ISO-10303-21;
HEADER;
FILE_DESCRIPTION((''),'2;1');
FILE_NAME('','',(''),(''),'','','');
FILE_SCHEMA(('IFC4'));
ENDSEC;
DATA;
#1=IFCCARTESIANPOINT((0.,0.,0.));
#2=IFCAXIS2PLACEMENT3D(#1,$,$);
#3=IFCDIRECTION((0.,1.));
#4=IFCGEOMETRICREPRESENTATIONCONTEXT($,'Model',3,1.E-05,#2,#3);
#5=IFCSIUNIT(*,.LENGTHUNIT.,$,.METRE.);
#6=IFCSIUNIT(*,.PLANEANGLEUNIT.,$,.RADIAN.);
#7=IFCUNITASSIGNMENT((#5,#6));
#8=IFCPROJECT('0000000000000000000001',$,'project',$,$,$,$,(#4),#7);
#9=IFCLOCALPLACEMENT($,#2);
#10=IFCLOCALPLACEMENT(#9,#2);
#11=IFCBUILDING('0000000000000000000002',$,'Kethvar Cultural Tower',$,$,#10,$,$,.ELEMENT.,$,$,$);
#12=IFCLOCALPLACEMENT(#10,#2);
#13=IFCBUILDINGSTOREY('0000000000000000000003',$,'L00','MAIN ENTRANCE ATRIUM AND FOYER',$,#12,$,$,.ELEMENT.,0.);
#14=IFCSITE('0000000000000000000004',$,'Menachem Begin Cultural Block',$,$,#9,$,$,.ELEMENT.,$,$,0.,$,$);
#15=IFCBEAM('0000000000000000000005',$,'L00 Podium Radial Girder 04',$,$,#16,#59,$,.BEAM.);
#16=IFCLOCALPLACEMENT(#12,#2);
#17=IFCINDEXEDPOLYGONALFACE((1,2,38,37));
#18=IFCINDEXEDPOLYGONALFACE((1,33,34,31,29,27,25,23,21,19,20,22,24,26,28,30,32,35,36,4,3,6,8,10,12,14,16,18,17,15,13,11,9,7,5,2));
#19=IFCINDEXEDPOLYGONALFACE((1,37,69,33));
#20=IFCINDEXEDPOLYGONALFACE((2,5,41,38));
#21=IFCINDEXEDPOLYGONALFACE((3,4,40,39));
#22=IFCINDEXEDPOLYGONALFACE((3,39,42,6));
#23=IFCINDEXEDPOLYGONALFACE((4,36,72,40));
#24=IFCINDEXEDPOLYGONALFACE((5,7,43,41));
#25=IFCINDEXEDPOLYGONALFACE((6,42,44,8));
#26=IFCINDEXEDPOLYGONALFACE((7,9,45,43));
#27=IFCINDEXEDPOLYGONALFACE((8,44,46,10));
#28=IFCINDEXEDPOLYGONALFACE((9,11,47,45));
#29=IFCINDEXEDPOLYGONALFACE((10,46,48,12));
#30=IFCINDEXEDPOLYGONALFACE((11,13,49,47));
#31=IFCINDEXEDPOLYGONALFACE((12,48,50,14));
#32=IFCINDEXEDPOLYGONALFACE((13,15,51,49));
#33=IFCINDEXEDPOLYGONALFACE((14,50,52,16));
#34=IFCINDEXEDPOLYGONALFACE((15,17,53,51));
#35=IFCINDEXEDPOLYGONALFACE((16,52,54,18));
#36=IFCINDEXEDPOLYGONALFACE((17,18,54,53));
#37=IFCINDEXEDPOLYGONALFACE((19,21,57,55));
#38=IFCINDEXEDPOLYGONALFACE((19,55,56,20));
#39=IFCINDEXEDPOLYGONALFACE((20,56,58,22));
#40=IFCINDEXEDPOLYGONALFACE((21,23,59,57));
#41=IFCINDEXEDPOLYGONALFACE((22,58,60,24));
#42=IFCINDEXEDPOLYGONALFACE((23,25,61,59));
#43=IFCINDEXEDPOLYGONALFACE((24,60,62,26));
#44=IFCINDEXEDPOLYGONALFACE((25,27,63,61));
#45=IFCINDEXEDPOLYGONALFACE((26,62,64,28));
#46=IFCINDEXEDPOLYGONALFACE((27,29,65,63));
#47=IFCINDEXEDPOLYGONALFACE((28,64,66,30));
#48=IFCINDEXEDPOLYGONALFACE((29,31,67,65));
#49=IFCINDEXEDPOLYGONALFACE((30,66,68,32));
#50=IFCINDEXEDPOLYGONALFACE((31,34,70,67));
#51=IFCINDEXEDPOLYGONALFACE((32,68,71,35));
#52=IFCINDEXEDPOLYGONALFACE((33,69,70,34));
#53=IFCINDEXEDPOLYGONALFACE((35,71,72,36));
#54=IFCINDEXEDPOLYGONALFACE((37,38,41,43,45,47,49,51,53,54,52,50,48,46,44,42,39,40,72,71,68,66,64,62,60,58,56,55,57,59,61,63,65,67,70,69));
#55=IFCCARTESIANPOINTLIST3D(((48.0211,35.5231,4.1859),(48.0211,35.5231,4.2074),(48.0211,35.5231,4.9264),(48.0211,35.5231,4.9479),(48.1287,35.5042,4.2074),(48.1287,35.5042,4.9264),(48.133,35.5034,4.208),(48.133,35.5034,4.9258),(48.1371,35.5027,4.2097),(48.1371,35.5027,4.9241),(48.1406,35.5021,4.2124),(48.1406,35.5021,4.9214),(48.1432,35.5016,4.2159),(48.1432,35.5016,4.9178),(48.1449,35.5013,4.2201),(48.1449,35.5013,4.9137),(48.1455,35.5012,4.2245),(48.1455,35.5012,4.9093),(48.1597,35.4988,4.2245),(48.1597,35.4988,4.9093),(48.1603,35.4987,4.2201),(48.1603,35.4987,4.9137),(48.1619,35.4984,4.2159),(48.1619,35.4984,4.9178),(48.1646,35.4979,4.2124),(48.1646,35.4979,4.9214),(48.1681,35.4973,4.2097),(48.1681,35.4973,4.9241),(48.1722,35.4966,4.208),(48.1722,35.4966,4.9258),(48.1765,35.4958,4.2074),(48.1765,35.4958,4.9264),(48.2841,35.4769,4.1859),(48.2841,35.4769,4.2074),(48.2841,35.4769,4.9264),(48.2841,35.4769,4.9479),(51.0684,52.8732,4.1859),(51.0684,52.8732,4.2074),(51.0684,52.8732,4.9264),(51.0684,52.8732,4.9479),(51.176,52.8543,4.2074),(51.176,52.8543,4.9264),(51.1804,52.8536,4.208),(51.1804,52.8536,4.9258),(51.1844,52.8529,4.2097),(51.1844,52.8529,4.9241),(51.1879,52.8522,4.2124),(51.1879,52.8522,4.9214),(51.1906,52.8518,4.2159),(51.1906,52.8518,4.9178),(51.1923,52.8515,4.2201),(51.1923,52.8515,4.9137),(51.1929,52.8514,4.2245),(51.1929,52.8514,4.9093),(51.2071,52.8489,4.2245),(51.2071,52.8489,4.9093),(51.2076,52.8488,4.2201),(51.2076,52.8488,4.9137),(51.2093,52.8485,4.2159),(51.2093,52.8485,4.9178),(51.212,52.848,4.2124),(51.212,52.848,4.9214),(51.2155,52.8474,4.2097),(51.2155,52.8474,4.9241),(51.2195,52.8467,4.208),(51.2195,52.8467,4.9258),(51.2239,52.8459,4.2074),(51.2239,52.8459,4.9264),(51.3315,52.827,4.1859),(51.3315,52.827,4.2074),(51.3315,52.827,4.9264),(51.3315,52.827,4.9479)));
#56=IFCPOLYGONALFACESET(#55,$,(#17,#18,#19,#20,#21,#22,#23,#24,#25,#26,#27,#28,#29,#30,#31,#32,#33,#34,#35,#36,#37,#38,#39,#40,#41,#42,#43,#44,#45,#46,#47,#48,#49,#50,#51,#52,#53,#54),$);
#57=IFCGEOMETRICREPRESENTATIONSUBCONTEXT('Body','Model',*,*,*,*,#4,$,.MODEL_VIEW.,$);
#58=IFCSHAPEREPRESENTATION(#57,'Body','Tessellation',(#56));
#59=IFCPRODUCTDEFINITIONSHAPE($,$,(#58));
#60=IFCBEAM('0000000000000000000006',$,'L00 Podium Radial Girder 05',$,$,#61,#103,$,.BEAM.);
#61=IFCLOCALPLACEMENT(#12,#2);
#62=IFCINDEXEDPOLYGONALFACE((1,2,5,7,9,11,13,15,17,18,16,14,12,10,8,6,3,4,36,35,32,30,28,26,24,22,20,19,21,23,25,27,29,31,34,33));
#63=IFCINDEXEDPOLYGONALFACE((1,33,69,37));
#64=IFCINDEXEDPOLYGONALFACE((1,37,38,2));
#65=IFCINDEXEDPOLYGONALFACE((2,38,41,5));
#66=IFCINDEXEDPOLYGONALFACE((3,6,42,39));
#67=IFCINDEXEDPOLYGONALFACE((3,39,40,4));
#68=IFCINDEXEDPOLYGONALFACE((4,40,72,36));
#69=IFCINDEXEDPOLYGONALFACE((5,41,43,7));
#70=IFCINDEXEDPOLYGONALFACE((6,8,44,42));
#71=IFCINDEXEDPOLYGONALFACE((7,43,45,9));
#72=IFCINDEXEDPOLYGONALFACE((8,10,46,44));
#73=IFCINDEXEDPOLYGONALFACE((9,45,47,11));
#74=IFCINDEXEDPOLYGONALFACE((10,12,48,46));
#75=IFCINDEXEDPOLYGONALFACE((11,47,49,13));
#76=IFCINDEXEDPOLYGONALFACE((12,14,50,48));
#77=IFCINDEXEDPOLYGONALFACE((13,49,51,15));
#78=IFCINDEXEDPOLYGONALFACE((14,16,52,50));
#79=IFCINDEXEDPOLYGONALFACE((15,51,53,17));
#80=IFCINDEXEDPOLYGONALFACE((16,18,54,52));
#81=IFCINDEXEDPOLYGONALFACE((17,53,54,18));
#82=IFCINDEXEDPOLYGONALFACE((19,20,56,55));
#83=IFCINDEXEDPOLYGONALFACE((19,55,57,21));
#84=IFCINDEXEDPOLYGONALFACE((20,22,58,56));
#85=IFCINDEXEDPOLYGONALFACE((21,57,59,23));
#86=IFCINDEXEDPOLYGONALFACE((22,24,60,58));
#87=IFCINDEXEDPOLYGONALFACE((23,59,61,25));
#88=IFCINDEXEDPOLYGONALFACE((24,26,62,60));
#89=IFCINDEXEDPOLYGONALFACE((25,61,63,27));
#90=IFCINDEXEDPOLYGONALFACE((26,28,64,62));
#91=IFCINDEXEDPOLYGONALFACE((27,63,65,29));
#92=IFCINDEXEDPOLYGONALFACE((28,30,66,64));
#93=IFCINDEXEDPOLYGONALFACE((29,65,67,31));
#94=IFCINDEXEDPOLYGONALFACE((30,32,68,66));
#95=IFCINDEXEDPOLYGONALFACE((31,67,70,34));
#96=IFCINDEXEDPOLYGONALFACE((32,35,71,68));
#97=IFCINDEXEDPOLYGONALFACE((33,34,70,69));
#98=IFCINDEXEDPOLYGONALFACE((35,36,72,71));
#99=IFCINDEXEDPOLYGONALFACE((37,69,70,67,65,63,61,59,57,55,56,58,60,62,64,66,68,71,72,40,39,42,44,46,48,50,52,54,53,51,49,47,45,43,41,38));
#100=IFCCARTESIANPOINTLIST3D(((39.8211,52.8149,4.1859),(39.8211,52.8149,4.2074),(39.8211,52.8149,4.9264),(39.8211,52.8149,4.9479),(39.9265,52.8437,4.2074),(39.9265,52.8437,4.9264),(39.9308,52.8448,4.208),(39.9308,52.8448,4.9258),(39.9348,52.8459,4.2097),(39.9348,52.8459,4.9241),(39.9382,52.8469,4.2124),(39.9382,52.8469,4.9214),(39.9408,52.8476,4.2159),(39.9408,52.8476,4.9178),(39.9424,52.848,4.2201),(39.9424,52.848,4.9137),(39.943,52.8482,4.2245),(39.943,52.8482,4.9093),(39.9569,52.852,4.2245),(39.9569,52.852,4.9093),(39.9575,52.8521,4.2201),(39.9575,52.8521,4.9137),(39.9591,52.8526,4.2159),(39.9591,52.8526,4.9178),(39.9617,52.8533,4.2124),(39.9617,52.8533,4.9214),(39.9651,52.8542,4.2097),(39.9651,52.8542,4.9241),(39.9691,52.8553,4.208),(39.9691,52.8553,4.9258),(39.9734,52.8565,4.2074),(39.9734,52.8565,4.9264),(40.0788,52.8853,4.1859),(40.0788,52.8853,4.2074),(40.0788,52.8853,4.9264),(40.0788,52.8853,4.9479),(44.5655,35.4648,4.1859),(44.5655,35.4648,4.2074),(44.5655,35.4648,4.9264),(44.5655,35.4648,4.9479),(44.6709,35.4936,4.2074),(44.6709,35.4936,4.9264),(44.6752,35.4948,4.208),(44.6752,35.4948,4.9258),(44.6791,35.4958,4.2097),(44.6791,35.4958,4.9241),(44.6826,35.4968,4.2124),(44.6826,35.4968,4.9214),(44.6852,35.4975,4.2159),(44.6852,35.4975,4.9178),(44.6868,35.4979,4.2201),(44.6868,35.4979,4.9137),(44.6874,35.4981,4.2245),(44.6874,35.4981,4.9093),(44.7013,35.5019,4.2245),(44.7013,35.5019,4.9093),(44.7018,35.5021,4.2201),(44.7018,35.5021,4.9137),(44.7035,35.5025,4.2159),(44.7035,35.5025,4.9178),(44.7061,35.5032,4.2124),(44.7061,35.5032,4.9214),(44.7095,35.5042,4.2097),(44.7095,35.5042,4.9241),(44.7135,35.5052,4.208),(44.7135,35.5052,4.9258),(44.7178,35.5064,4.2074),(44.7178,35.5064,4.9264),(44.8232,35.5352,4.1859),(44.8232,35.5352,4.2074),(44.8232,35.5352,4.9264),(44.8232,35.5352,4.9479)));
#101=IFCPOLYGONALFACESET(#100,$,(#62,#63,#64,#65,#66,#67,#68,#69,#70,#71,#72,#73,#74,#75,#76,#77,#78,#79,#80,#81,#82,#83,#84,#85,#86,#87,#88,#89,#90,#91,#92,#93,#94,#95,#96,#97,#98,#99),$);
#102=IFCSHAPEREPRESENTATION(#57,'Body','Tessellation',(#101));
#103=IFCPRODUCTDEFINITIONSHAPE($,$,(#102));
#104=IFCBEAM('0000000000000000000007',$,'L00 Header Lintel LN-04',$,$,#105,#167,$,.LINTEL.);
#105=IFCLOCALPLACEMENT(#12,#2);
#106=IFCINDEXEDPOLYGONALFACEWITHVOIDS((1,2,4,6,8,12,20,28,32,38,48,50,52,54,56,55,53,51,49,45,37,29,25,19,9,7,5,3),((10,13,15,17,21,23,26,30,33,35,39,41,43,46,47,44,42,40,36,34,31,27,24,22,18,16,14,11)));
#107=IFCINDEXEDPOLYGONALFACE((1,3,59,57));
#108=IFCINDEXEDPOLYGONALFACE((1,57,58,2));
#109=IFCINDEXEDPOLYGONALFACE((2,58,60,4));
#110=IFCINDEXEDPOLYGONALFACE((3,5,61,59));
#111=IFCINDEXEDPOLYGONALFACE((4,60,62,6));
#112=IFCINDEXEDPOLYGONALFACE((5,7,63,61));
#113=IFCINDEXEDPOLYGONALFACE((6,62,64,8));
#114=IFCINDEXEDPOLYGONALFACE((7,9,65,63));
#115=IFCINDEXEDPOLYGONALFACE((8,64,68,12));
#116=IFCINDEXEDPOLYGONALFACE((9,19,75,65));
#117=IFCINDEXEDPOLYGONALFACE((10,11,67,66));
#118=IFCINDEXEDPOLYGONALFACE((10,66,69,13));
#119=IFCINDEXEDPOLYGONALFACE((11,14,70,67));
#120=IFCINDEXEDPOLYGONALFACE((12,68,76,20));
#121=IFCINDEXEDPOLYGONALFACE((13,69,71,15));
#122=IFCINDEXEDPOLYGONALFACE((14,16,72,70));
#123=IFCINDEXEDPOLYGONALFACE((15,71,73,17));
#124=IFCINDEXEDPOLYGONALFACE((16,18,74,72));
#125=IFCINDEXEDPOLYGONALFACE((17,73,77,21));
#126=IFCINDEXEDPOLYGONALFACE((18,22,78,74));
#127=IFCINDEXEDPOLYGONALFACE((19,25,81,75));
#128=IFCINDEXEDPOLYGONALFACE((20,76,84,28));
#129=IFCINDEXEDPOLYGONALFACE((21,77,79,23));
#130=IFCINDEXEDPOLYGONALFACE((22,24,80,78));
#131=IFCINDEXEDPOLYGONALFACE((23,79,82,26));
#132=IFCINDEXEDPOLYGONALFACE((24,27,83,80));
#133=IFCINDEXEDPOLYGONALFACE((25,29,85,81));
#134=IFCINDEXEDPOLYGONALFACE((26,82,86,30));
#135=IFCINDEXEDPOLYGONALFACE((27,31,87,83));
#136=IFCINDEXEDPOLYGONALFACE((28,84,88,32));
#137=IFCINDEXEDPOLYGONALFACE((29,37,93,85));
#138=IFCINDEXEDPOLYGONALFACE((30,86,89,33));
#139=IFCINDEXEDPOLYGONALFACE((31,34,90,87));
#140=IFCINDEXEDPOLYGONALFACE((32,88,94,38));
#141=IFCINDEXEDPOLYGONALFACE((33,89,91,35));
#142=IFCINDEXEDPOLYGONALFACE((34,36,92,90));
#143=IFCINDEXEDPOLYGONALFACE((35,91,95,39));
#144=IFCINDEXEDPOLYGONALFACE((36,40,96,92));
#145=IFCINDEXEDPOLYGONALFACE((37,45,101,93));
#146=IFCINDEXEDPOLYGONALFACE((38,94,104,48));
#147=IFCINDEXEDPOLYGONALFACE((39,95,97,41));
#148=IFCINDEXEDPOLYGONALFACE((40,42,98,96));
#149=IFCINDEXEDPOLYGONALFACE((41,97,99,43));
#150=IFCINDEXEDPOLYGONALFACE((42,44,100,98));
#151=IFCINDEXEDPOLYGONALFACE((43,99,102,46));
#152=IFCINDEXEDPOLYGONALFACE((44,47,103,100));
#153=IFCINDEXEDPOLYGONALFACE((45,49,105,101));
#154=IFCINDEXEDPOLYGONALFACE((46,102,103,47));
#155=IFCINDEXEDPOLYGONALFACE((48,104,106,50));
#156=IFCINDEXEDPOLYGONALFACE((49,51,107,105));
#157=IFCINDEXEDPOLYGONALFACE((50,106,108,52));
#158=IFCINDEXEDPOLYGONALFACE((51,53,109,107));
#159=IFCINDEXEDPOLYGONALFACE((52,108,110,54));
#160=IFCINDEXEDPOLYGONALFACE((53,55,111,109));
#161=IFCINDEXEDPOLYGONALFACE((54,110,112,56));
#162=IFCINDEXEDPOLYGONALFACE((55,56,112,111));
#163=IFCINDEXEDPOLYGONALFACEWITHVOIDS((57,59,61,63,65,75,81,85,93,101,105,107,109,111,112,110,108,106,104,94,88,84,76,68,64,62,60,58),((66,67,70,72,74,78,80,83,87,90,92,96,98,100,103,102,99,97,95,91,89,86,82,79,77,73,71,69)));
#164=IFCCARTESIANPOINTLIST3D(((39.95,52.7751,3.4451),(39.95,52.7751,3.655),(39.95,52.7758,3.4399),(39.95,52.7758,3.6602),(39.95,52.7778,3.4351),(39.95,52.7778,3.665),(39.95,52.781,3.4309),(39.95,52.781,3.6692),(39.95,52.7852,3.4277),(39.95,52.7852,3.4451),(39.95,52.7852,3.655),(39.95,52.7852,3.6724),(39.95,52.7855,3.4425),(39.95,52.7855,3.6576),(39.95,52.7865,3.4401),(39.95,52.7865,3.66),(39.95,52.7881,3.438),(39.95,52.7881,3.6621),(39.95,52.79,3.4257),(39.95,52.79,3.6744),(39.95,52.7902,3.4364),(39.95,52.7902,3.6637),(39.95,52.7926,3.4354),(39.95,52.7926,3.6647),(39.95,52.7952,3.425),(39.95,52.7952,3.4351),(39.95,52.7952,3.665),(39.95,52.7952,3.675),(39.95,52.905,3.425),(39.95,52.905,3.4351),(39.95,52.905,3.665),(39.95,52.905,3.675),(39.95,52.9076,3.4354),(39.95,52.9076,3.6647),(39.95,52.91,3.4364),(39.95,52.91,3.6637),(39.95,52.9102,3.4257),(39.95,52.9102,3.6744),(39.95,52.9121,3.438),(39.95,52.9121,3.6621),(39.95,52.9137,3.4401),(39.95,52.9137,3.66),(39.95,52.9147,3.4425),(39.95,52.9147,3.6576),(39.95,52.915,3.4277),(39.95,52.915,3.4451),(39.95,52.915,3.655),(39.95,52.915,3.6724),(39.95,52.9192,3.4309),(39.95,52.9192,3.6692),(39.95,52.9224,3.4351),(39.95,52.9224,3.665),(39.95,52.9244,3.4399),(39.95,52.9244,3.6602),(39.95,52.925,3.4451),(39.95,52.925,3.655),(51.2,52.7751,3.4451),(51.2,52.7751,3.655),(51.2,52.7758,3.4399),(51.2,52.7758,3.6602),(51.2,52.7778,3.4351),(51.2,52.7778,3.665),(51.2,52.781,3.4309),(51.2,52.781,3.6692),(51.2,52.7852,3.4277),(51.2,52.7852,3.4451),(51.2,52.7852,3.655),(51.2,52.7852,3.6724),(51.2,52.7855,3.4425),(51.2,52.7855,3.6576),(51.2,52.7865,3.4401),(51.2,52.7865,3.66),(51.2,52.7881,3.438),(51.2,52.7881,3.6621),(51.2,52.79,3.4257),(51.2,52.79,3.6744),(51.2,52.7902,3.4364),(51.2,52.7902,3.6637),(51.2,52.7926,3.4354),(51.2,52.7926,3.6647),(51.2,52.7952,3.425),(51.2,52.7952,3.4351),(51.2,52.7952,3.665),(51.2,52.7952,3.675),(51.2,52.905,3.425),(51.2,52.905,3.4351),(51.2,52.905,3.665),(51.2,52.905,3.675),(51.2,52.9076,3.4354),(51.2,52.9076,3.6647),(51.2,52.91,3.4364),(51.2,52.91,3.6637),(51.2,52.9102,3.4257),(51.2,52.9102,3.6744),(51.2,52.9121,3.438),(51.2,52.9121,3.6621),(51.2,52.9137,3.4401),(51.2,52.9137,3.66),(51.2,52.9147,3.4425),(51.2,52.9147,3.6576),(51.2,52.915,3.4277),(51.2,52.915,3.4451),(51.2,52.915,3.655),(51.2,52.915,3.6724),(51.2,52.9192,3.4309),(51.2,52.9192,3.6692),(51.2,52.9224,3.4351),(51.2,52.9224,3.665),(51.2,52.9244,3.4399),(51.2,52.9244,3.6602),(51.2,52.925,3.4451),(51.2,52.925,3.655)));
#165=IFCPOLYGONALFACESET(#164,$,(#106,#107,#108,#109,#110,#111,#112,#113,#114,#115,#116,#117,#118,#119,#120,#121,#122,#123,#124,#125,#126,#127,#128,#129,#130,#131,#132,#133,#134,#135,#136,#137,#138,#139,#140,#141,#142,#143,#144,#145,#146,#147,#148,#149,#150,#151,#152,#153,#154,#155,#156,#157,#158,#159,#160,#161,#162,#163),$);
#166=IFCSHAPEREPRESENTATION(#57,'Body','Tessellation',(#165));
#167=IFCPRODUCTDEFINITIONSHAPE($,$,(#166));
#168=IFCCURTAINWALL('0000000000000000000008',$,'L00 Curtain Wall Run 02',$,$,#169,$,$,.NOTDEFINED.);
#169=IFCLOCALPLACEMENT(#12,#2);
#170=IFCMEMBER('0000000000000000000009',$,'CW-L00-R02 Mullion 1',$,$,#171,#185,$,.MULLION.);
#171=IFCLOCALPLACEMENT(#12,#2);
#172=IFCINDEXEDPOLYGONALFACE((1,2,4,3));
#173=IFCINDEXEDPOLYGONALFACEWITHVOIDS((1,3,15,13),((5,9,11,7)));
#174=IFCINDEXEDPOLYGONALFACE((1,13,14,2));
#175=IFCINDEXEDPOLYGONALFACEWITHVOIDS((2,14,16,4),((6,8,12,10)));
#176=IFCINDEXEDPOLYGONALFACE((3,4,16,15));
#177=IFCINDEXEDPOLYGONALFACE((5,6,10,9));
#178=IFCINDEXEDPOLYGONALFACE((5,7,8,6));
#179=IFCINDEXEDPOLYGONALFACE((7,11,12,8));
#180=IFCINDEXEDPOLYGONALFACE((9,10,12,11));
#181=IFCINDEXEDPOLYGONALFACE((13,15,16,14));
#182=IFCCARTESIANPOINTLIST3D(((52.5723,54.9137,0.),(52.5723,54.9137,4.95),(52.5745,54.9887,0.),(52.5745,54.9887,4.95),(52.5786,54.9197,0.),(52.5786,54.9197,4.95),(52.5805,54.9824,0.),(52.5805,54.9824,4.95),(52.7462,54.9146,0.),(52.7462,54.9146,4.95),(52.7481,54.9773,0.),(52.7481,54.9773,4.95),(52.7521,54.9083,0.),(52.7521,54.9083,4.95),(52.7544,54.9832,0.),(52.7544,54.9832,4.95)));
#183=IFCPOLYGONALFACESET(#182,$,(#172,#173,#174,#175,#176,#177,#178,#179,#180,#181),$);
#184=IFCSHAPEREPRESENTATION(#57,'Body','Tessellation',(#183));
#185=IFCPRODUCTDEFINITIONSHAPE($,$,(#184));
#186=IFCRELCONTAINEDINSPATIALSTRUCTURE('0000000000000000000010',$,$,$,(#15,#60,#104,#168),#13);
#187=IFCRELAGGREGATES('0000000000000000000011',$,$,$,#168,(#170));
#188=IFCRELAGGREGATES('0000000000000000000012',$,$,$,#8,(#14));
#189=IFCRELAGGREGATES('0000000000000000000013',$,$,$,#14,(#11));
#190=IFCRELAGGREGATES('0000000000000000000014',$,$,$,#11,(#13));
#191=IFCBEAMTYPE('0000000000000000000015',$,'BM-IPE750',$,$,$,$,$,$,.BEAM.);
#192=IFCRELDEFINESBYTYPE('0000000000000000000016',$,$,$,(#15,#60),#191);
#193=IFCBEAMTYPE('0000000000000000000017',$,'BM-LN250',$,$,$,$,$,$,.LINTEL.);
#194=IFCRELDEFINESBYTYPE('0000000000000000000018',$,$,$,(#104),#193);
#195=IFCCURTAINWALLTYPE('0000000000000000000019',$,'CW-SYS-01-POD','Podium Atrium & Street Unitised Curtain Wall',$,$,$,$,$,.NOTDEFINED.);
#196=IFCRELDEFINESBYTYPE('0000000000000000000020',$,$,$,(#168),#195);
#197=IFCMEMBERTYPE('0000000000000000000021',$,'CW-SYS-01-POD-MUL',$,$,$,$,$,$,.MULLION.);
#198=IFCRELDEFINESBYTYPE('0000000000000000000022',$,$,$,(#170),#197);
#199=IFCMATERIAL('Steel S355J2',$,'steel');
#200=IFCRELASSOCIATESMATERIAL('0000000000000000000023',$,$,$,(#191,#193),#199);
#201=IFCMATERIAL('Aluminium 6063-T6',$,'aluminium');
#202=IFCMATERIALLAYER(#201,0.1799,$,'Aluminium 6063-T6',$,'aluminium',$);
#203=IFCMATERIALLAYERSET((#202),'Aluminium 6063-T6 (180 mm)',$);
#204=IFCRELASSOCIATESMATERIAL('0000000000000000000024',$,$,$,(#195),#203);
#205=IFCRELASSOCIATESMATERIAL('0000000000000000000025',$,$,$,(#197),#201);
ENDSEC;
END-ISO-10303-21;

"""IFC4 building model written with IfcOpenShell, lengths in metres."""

from ifc_helpers import new_model, si_unit, direction, frame, origin, origin_2d, place, context, subcontext, project, spatial, hollow_rectangle, i_section, extrude, source, transform, mapped, material, layer, layer_set, material_profile, profile_set, type_object, element, aggregate, save


model = new_model("IFC4")

# Units and contexts
model_context = context("Model", 3, precision=1e-05, world=origin(), true_north=direction((0.0, 1.0)))
body_context = subcontext(model_context, "Body", "Model", "MODEL_VIEW")
ifc_project = project(units=[si_unit("LENGTHUNIT", "METRE"), si_unit("PLANEANGLEUNIT", "RADIAN")], contexts=[model_context])

# Site, building, storey
site_placement = place(None, origin())
site = spatial("IfcSite", under=ifc_project, at=site_placement, Name="Menachem Begin Cultural Block", CompositionType="ELEMENT", RefElevation=0.0)
building_placement = place(site_placement, origin())
building = spatial("IfcBuilding", under=site, at=building_placement, Name="Kethvar Cultural Tower", CompositionType="ELEMENT")
storey_placement = place(building_placement, origin())
storey = spatial("IfcBuildingStorey", under=building, at=storey_placement, Name="L00", Description="MAIN ENTRANCE ATRIUM AND FOYER", CompositionType="ELEMENT", Elevation=0.0)

# Beams
ifc_material_1 = material(Name="Steel S355J2", Category="steel")
ifc_material_profile_1 = material_profile(ifc_material_1, i_section(OverallWidth=0.2671, OverallDepth=0.762, WebThickness=0.0144, FlangeThickness=0.0215, FilletRadius=0.0171, at=origin_2d()), Name="Steel S355J2 — IPE750x173")
ifc_profile_set_1 = profile_set([ifc_material_profile_1], Name="Steel S355J2 — IPE750x173")
beam_type_1 = type_object("IfcBeamType", Name="BM-IPE750", PredefinedType="BEAM", material=ifc_profile_set_1)
shared_shape_1 = source(origin(), body_context, "Body", "SweptSolid", [
    extrude(i_section(OverallWidth=0.2671, OverallDepth=0.762, WebThickness=0.0144, FlangeThickness=0.0215, FilletRadius=0.0171, at=origin_2d()), origin(), (0.0, 0.0, 1.0), 17.6157),
])
beam_1_placement = place(storey_placement, frame((48.1526, 35.5, 4.5669), z_axis=(0.172991, 0.984923, 0.0), x_axis=(-0.984923, 0.172991, 0.0)))
element("IfcBeam", 1, at=beam_1_placement, inside=storey, type_object=beam_type_1, Name="L00 Podium Radial Girder 04", PredefinedType="BEAM", context=body_context, shape_type="MappedRepresentation", body=[
    mapped(shared_shape_1, transform((0.0, 0.0, 0.0), scale=1.0)),
])
shared_shape_2 = source(origin(), body_context, "Body", "SweptSolid", [
    extrude(i_section(OverallWidth=0.2671, OverallDepth=0.762, WebThickness=0.0144, FlangeThickness=0.0215, FilletRadius=0.0171, at=origin_2d()), origin(), (0.0, 0.0, 1.0), 17.9871),
])
beam_2_placement = place(storey_placement, frame((44.6943, 35.5, 4.5669), z_axis=(-0.263766, 0.964587, 0.0), x_axis=(-0.964587, -0.263766, 0.0)))
element("IfcBeam", 2, at=beam_2_placement, inside=storey, type_object=beam_type_1, Name="L00 Podium Radial Girder 05", PredefinedType="BEAM", context=body_context, shape_type="MappedRepresentation", body=[
    mapped(shared_shape_2, transform((0.0, 0.0, 0.0), scale=1.0)),
])
ifc_material_profile_2 = material_profile(ifc_material_1, hollow_rectangle(XDim=0.1499, YDim=0.25, WallThickness=0.01, InnerFilletRadius=0.01, OuterFilletRadius=0.02, at=origin_2d()), Name="Steel S355J2 — RHS250x150x10")
ifc_profile_set_2 = profile_set([ifc_material_profile_2], Name="Steel S355J2 — RHS250x150x10")
beam_type_2 = type_object("IfcBeamType", Name="BM-LN250", PredefinedType="LINTEL", material=ifc_profile_set_2)
shared_shape_3 = source(origin(), body_context, "Body", "SweptSolid", [
    extrude(hollow_rectangle(XDim=0.1499, YDim=0.25, WallThickness=0.01, InnerFilletRadius=0.01, OuterFilletRadius=0.02, at=origin_2d()), origin(), (0.0, 0.0, 1.0), 11.25),
])
beam_3_placement = place(storey_placement, frame((51.2, 52.8501, 3.55), z_axis=(-1.0, 0.0, 0.0), x_axis=(0.0, -1.0, 0.0)))
element("IfcBeam", 3, at=beam_3_placement, inside=storey, type_object=beam_type_2, Name="L00 Header Lintel LN-04", PredefinedType="LINTEL", context=body_context, shape_type="MappedRepresentation", body=[
    mapped(shared_shape_3, transform((0.0, 0.0, 0.0), scale=1.0)),
])

# Curtain wall, member
ifc_material_2 = material(Name="Aluminium 6063-T6", Category="aluminium")
ifc_layer_1 = layer(ifc_material_2, 0.1799, Name="Aluminium 6063-T6", Category="aluminium")
ifc_layer_set_1 = layer_set([ifc_layer_1], Name="Aluminium 6063-T6 (180 mm)")
curtain_wall_type = type_object("IfcCurtainWallType", Name="CW-SYS-01-POD", Description="Podium Atrium & Street Unitised Curtain Wall", PredefinedType="NOTDEFINED", material=ifc_layer_set_1)
curtain_wall_placement = place(storey_placement, origin())
curtain_wall = element("IfcCurtainWall", 4, at=curtain_wall_placement, inside=storey, type_object=curtain_wall_type, Name="L00 Curtain Wall Run 02", PredefinedType="NOTDEFINED")
ifc_material_profile_3 = material_profile(ifc_material_2, hollow_rectangle(XDim=0.075, YDim=0.1799, WallThickness=0.0061, at=origin_2d()), Name="Aluminium 6063-T6 — RHS180x75x6")
ifc_profile_set_3 = profile_set([ifc_material_profile_3], Name="Aluminium 6063-T6 — RHS180x75x6")
member_type_1 = type_object("IfcMemberType", Name="CW-SYS-01-POD-MUL", PredefinedType="MULLION", material=ifc_profile_set_3)
shared_shape_4 = source(origin(), body_context, "Body", "SweptSolid", [
    extrude(hollow_rectangle(XDim=0.075, YDim=0.1799, WallThickness=0.0061, at=origin_2d()), origin(), (0.0, 0.0, 1.0), 4.95),
])
member_1_placement = place(storey_placement, frame((52.6633, 54.9485, 0.0), z_axis=(0.0, 0.0, 1.0), x_axis=(-0.030137, -0.999546, 0.0)))
member_1 = element("IfcMember", 5, at=member_1_placement, type_object=member_type_1, Name="CW-L00-R02 Mullion 1", PredefinedType="MULLION", context=body_context, shape_type="MappedRepresentation", body=[
    mapped(shared_shape_4, transform((0.0, 0.0, 0.0), scale=1.0)),
])

aggregate(curtain_wall, [member_1])

save(model, "model.ifc")
